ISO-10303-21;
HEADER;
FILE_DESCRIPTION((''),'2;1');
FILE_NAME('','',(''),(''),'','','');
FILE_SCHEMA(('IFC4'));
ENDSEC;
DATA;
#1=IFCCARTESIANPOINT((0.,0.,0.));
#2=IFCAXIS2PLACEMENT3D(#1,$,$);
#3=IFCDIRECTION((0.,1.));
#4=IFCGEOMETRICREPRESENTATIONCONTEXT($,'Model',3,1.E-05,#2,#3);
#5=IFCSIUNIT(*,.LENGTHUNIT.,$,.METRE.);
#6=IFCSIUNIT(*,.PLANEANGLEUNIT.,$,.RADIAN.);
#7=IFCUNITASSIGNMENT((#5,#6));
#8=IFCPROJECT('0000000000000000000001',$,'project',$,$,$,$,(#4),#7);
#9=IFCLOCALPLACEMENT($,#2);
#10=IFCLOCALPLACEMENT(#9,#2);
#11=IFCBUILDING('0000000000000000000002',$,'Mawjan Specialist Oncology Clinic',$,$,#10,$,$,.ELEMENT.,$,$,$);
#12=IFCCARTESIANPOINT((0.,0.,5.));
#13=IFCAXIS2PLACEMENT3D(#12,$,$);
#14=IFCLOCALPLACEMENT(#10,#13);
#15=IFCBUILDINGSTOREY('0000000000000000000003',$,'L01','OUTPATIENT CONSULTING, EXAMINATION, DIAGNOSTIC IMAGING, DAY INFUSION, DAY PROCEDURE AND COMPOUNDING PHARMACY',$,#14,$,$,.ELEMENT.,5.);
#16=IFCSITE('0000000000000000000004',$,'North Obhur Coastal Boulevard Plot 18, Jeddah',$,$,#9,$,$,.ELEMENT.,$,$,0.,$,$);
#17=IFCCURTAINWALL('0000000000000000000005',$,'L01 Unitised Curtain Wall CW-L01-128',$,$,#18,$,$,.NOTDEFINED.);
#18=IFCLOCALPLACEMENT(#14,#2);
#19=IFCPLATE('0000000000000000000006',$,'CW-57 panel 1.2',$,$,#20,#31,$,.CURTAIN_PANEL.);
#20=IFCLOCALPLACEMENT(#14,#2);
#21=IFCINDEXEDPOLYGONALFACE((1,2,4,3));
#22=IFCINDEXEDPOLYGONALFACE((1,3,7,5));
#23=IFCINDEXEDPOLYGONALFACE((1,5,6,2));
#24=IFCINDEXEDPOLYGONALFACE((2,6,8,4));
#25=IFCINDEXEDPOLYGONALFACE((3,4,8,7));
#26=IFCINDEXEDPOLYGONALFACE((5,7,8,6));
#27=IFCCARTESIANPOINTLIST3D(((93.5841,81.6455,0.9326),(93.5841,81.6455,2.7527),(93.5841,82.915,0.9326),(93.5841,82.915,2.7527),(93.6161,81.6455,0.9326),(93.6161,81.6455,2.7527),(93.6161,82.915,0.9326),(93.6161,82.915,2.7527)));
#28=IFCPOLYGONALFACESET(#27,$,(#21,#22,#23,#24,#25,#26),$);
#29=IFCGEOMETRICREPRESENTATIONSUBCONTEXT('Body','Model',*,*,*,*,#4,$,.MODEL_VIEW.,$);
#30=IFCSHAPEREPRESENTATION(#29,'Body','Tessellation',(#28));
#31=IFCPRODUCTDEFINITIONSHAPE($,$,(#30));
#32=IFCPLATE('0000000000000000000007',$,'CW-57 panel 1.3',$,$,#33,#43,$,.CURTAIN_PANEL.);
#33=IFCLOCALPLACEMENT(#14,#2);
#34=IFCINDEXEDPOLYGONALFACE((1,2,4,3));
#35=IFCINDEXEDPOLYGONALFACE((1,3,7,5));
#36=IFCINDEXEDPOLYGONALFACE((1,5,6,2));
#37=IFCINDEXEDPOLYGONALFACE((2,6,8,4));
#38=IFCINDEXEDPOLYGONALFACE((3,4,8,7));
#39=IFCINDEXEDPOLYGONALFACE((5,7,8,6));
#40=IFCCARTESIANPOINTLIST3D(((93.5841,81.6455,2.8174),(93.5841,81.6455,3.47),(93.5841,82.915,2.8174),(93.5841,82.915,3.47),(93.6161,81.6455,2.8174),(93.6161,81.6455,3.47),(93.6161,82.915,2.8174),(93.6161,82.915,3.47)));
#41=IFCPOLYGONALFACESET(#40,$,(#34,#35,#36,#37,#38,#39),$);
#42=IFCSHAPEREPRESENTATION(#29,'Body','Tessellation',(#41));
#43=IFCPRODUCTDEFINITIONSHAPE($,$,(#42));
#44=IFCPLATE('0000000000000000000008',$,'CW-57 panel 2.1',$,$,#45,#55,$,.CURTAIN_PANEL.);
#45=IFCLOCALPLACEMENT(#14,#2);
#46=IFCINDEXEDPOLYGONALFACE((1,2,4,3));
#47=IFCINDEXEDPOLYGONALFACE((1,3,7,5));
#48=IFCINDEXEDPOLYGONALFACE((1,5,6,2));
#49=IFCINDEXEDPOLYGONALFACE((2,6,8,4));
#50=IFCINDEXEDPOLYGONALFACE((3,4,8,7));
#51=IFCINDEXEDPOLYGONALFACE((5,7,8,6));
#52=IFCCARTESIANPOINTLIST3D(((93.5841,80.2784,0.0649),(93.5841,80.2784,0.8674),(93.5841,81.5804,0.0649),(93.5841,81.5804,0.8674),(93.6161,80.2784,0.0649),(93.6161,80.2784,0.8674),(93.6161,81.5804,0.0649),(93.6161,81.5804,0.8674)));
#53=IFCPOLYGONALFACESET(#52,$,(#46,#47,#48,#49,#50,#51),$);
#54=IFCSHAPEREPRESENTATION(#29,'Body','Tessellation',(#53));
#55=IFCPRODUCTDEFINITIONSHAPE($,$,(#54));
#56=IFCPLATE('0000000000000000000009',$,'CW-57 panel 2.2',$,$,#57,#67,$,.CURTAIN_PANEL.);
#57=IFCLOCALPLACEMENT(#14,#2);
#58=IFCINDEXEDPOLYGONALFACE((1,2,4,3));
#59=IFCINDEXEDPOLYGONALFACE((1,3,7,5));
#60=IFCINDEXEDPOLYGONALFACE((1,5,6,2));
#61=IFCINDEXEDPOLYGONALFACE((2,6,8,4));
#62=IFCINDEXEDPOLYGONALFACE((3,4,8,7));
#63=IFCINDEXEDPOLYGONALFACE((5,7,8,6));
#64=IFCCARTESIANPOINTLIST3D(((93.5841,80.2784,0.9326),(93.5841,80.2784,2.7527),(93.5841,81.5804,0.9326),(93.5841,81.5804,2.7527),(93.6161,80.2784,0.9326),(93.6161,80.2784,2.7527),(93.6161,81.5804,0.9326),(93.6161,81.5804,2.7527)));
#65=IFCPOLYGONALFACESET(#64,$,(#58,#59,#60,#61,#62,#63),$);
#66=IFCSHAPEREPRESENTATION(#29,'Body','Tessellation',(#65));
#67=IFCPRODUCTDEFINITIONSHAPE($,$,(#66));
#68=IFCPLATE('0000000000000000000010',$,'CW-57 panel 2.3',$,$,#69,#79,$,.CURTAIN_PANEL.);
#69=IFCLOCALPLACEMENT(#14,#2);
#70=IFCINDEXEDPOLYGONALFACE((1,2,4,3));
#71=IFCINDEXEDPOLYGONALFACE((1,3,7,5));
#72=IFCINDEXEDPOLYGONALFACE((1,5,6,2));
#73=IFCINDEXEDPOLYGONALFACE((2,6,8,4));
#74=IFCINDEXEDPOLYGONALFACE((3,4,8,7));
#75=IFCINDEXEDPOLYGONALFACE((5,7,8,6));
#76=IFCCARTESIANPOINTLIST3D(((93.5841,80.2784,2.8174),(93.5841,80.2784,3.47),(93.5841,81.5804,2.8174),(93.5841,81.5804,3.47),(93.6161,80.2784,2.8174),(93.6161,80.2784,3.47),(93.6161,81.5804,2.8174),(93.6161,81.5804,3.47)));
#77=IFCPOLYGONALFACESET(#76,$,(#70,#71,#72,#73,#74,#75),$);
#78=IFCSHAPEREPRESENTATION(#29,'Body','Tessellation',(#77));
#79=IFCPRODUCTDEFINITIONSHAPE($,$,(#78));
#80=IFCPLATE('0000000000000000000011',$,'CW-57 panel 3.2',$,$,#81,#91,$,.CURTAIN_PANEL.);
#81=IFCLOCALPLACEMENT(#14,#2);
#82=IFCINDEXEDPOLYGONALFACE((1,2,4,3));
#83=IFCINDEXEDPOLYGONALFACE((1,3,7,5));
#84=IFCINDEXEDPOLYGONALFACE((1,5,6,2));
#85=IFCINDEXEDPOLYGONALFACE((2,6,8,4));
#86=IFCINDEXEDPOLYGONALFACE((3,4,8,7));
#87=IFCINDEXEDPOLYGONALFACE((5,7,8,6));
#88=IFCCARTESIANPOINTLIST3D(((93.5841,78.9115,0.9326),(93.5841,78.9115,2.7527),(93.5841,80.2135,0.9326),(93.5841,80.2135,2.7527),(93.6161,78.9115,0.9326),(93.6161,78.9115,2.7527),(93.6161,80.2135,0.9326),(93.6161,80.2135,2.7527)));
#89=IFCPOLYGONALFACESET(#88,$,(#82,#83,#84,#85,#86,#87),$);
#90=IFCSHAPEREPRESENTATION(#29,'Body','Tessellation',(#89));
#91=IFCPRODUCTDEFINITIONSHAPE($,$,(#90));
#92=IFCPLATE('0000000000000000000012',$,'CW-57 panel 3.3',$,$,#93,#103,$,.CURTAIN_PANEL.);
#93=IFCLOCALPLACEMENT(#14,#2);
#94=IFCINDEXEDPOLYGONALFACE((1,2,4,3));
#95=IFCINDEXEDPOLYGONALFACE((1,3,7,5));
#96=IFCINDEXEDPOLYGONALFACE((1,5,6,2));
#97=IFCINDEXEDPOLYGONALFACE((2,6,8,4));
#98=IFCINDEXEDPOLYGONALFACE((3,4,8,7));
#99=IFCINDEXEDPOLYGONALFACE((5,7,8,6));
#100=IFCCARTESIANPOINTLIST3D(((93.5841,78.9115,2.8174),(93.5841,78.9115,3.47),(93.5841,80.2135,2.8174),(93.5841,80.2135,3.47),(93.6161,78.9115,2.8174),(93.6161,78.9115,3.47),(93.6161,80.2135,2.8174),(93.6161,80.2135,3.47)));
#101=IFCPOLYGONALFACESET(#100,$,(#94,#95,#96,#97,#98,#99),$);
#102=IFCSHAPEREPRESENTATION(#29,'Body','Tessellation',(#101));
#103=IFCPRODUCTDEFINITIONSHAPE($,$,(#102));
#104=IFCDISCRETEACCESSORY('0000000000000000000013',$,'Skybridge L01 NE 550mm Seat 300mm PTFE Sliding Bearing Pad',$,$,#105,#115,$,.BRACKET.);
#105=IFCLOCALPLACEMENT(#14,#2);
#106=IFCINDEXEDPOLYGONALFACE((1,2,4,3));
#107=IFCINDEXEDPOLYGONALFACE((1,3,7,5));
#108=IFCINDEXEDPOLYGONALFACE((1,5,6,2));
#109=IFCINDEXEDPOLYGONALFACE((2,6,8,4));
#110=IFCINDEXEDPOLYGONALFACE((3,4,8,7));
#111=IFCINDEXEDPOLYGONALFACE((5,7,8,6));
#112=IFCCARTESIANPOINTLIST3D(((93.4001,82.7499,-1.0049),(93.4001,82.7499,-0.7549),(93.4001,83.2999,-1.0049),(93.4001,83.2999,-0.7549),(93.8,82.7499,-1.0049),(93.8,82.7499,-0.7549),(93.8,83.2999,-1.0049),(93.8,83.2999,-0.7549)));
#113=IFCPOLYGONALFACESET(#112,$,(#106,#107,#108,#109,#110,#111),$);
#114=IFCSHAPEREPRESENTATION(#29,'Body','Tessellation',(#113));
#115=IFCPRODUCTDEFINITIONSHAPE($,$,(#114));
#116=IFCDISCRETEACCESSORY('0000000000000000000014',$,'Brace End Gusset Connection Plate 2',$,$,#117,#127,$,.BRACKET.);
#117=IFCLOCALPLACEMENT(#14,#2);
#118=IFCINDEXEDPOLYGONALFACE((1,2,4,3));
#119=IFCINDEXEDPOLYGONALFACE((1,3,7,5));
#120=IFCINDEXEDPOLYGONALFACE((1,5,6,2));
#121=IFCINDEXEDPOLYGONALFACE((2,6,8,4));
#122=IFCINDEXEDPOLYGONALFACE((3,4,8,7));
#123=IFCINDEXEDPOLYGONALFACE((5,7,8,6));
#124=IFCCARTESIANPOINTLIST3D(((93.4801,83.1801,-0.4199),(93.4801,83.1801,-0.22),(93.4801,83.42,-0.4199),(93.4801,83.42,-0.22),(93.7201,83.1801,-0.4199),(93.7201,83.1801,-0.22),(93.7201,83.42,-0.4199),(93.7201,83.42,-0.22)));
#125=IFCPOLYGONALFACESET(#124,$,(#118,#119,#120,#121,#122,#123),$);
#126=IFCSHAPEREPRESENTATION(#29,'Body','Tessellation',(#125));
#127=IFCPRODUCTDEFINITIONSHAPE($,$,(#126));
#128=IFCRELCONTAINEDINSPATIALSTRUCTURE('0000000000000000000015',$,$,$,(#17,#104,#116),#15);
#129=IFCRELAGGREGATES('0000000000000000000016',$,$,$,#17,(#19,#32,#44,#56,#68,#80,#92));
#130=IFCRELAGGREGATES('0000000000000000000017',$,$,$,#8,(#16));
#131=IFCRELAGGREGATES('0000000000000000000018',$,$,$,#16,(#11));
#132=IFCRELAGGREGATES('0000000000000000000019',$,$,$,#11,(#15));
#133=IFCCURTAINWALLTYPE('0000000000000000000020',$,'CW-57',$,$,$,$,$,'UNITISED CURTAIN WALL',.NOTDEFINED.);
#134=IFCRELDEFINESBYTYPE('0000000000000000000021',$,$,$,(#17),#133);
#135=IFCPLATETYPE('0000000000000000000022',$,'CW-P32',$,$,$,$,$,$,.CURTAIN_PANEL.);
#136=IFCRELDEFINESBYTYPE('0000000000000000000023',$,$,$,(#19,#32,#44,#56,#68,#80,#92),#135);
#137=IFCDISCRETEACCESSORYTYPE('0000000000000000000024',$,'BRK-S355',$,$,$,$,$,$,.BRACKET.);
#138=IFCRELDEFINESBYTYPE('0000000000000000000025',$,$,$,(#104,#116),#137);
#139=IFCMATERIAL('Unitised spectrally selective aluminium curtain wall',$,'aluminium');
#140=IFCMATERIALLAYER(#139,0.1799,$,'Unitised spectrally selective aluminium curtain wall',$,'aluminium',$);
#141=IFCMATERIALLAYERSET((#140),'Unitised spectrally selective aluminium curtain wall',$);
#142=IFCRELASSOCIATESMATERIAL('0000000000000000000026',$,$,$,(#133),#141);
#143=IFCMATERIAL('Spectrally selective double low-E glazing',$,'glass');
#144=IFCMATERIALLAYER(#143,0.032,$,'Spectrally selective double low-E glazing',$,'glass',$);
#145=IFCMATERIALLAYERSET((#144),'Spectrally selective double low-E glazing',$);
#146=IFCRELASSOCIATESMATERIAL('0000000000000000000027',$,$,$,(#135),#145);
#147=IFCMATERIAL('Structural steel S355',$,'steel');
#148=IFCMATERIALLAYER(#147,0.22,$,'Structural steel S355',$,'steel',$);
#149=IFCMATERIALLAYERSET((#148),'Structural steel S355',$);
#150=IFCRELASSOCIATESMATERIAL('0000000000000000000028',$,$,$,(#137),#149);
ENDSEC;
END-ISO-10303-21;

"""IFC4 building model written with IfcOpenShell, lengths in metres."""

from ifc_helpers import new_model, si_unit, direction, frame, origin, origin_2d, place, context, subcontext, project, spatial, rectangle, extrude, material, layer, layer_set, type_object, element, aggregate, save


model = new_model("IFC4")

# Units and contexts
model_context = context("Model", 3, precision=1e-05, world=origin(), true_north=direction((0.0, 1.0)))
body_context = subcontext(model_context, "Body", "Model", "MODEL_VIEW")
ifc_project = project(units=[si_unit("LENGTHUNIT", "METRE"), si_unit("PLANEANGLEUNIT", "RADIAN")], contexts=[model_context])

# Site, building, storey
site_placement = place(None, origin())
site = spatial("IfcSite", under=ifc_project, at=site_placement, Name="North Obhur Coastal Boulevard Plot 18, Jeddah", CompositionType="ELEMENT", RefElevation=0.0)
building_placement = place(site_placement, origin())
building = spatial("IfcBuilding", under=site, at=building_placement, Name="Mawjan Specialist Oncology Clinic", CompositionType="ELEMENT")
storey_placement = place(building_placement, frame((0.0, 0.0, 5.0)))
storey = spatial("IfcBuildingStorey", under=building, at=storey_placement, Name="L01", Description="OUTPATIENT CONSULTING, EXAMINATION, DIAGNOSTIC IMAGING, DAY INFUSION, DAY PROCEDURE AND COMPOUNDING PHARMACY", CompositionType="ELEMENT", Elevation=5.0)

# Curtain wall
ifc_material_1 = material(Name="Unitised spectrally selective aluminium curtain wall", Category="aluminium")
ifc_layer_1 = layer(ifc_material_1, 0.1799, Name="Unitised spectrally selective aluminium curtain wall", Category="aluminium")
ifc_layer_set_1 = layer_set([ifc_layer_1], Name="Unitised spectrally selective aluminium curtain wall")
curtain_wall_type_1 = type_object("IfcCurtainWallType", Name="CW-57", ElementType="UNITISED CURTAIN WALL", PredefinedType="NOTDEFINED", material=ifc_layer_set_1)
curtain_wall_1_placement = place(storey_placement, origin())
curtain_wall_1 = element("IfcCurtainWall", 1, at=curtain_wall_1_placement, inside=storey, type_object=curtain_wall_type_1, Name="L01 Unitised Curtain Wall CW-L01-128", PredefinedType="NOTDEFINED")

# Plates
ifc_material_2 = material(Name="Spectrally selective double low-E glazing", Category="glass")
ifc_layer_2 = layer(ifc_material_2, 0.032, Name="Spectrally selective double low-E glazing", Category="glass")
ifc_layer_set_2 = layer_set([ifc_layer_2], Name="Spectrally selective double low-E glazing")
plate_type = type_object("IfcPlateType", Name="CW-P32", PredefinedType="CURTAIN_PANEL", material=ifc_layer_set_2)
plate_1_placement = place(storey_placement, frame((93.6001, 82.2803, 0.9326), z_axis=(0.0, 0.0, 1.0), x_axis=(0.0, -1.0, 0.0)))
plate_1 = element("IfcPlate", 2, at=plate_1_placement, type_object=plate_type, Name="CW-57 panel 1.2", PredefinedType="CURTAIN_PANEL", context=body_context, shape_type="SweptSolid", body=[
    extrude(rectangle(XDim=1.2695, YDim=0.032, at=origin_2d()), origin(), (0.0, 0.0, 1.0), 1.8201),
])
plate_2_placement = place(storey_placement, frame((93.6001, 82.2803, 2.8174), z_axis=(0.0, 0.0, 1.0), x_axis=(0.0, -1.0, 0.0)))
plate_2 = element("IfcPlate", 3, at=plate_2_placement, type_object=plate_type, Name="CW-57 panel 1.3", PredefinedType="CURTAIN_PANEL", context=body_context, shape_type="SweptSolid", body=[
    extrude(rectangle(XDim=1.2695, YDim=0.032, at=origin_2d()), origin(), (0.0, 0.0, 1.0), 0.6526),
])
plate_3_placement = place(storey_placement, frame((93.6001, 80.9294, 0.0649), z_axis=(0.0, 0.0, 1.0), x_axis=(0.0, -1.0, 0.0)))
plate_3 = element("IfcPlate", 4, at=plate_3_placement, type_object=plate_type, Name="CW-57 panel 2.1", PredefinedType="CURTAIN_PANEL", context=body_context, shape_type="SweptSolid", body=[
    extrude(rectangle(XDim=1.302, YDim=0.032, at=origin_2d()), origin(), (0.0, 0.0, 1.0), 0.8025),
])
plate_4_placement = place(storey_placement, frame((93.6001, 80.9294, 0.9326), z_axis=(0.0, 0.0, 1.0), x_axis=(0.0, -1.0, 0.0)))
plate_4 = element("IfcPlate", 5, at=plate_4_placement, type_object=plate_type, Name="CW-57 panel 2.2", PredefinedType="CURTAIN_PANEL", context=body_context, shape_type="SweptSolid", body=[
    extrude(rectangle(XDim=1.302, YDim=0.032, at=origin_2d()), origin(), (0.0, 0.0, 1.0), 1.8201),
])
plate_5_placement = place(storey_placement, frame((93.6001, 80.9294, 2.8174), z_axis=(0.0, 0.0, 1.0), x_axis=(0.0, -1.0, 0.0)))
plate_5 = element("IfcPlate", 6, at=plate_5_placement, type_object=plate_type, Name="CW-57 panel 2.3", PredefinedType="CURTAIN_PANEL", context=body_context, shape_type="SweptSolid", body=[
    extrude(rectangle(XDim=1.302, YDim=0.032, at=origin_2d()), origin(), (0.0, 0.0, 1.0), 0.6526),
])
plate_6_placement = place(storey_placement, frame((93.6001, 79.5625, 0.9326), z_axis=(0.0, 0.0, 1.0), x_axis=(0.0, -1.0, 0.0)))
plate_6 = element("IfcPlate", 7, at=plate_6_placement, type_object=plate_type, Name="CW-57 panel 3.2", PredefinedType="CURTAIN_PANEL", context=body_context, shape_type="SweptSolid", body=[
    extrude(rectangle(XDim=1.302, YDim=0.032, at=origin_2d()), origin(), (0.0, 0.0, 1.0), 1.8201),
])
plate_7_placement = place(storey_placement, frame((93.6001, 79.5625, 2.8174), z_axis=(0.0, 0.0, 1.0), x_axis=(0.0, -1.0, 0.0)))
plate_7 = element("IfcPlate", 8, at=plate_7_placement, type_object=plate_type, Name="CW-57 panel 3.3", PredefinedType="CURTAIN_PANEL", context=body_context, shape_type="SweptSolid", body=[
    extrude(rectangle(XDim=1.302, YDim=0.032, at=origin_2d()), origin(), (0.0, 0.0, 1.0), 0.6526),
])
aggregate(curtain_wall_1, [plate_1, plate_2, plate_3, plate_4, plate_5, plate_6, plate_7])

# Discrete accessories
ifc_material_3 = material(Name="Structural steel S355", Category="steel")
ifc_layer_3 = layer(ifc_material_3, 0.22, Name="Structural steel S355", Category="steel")
ifc_layer_set_3 = layer_set([ifc_layer_3], Name="Structural steel S355")
discrete_accessory_type = type_object("IfcDiscreteAccessoryType", Name="BRK-S355", PredefinedType="BRACKET", material=ifc_layer_set_3)
discrete_accessory_1_placement = place(storey_placement, frame((93.6001, 83.0249, -1.0049), z_axis=(0.0, 0.0, 1.0), x_axis=(1.0, 0.0, 0.0)))
element("IfcDiscreteAccessory", 9, at=discrete_accessory_1_placement, inside=storey, type_object=discrete_accessory_type, Name="Skybridge L01 NE 550mm Seat 300mm PTFE Sliding Bearing Pad", PredefinedType="BRACKET", context=body_context, shape_type="SweptSolid", body=[
    extrude(rectangle(XDim=0.3999, YDim=0.55, at=origin_2d()), origin(), (0.0, 0.0, 1.0), 0.25),
])
discrete_accessory_2_placement = place(storey_placement, frame((93.6001, 83.3, -0.4199), z_axis=(0.0, 0.0, 1.0), x_axis=(1.0, 0.0, 0.0)))
element("IfcDiscreteAccessory", 10, at=discrete_accessory_2_placement, inside=storey, type_object=discrete_accessory_type, Name="Brace End Gusset Connection Plate 2", PredefinedType="BRACKET", context=body_context, shape_type="SweptSolid", body=[
    extrude(rectangle(XDim=0.24, YDim=0.24, at=origin_2d()), origin(), (0.0, 0.0, 1.0), 0.2),
])

save(model, "model.ifc")
